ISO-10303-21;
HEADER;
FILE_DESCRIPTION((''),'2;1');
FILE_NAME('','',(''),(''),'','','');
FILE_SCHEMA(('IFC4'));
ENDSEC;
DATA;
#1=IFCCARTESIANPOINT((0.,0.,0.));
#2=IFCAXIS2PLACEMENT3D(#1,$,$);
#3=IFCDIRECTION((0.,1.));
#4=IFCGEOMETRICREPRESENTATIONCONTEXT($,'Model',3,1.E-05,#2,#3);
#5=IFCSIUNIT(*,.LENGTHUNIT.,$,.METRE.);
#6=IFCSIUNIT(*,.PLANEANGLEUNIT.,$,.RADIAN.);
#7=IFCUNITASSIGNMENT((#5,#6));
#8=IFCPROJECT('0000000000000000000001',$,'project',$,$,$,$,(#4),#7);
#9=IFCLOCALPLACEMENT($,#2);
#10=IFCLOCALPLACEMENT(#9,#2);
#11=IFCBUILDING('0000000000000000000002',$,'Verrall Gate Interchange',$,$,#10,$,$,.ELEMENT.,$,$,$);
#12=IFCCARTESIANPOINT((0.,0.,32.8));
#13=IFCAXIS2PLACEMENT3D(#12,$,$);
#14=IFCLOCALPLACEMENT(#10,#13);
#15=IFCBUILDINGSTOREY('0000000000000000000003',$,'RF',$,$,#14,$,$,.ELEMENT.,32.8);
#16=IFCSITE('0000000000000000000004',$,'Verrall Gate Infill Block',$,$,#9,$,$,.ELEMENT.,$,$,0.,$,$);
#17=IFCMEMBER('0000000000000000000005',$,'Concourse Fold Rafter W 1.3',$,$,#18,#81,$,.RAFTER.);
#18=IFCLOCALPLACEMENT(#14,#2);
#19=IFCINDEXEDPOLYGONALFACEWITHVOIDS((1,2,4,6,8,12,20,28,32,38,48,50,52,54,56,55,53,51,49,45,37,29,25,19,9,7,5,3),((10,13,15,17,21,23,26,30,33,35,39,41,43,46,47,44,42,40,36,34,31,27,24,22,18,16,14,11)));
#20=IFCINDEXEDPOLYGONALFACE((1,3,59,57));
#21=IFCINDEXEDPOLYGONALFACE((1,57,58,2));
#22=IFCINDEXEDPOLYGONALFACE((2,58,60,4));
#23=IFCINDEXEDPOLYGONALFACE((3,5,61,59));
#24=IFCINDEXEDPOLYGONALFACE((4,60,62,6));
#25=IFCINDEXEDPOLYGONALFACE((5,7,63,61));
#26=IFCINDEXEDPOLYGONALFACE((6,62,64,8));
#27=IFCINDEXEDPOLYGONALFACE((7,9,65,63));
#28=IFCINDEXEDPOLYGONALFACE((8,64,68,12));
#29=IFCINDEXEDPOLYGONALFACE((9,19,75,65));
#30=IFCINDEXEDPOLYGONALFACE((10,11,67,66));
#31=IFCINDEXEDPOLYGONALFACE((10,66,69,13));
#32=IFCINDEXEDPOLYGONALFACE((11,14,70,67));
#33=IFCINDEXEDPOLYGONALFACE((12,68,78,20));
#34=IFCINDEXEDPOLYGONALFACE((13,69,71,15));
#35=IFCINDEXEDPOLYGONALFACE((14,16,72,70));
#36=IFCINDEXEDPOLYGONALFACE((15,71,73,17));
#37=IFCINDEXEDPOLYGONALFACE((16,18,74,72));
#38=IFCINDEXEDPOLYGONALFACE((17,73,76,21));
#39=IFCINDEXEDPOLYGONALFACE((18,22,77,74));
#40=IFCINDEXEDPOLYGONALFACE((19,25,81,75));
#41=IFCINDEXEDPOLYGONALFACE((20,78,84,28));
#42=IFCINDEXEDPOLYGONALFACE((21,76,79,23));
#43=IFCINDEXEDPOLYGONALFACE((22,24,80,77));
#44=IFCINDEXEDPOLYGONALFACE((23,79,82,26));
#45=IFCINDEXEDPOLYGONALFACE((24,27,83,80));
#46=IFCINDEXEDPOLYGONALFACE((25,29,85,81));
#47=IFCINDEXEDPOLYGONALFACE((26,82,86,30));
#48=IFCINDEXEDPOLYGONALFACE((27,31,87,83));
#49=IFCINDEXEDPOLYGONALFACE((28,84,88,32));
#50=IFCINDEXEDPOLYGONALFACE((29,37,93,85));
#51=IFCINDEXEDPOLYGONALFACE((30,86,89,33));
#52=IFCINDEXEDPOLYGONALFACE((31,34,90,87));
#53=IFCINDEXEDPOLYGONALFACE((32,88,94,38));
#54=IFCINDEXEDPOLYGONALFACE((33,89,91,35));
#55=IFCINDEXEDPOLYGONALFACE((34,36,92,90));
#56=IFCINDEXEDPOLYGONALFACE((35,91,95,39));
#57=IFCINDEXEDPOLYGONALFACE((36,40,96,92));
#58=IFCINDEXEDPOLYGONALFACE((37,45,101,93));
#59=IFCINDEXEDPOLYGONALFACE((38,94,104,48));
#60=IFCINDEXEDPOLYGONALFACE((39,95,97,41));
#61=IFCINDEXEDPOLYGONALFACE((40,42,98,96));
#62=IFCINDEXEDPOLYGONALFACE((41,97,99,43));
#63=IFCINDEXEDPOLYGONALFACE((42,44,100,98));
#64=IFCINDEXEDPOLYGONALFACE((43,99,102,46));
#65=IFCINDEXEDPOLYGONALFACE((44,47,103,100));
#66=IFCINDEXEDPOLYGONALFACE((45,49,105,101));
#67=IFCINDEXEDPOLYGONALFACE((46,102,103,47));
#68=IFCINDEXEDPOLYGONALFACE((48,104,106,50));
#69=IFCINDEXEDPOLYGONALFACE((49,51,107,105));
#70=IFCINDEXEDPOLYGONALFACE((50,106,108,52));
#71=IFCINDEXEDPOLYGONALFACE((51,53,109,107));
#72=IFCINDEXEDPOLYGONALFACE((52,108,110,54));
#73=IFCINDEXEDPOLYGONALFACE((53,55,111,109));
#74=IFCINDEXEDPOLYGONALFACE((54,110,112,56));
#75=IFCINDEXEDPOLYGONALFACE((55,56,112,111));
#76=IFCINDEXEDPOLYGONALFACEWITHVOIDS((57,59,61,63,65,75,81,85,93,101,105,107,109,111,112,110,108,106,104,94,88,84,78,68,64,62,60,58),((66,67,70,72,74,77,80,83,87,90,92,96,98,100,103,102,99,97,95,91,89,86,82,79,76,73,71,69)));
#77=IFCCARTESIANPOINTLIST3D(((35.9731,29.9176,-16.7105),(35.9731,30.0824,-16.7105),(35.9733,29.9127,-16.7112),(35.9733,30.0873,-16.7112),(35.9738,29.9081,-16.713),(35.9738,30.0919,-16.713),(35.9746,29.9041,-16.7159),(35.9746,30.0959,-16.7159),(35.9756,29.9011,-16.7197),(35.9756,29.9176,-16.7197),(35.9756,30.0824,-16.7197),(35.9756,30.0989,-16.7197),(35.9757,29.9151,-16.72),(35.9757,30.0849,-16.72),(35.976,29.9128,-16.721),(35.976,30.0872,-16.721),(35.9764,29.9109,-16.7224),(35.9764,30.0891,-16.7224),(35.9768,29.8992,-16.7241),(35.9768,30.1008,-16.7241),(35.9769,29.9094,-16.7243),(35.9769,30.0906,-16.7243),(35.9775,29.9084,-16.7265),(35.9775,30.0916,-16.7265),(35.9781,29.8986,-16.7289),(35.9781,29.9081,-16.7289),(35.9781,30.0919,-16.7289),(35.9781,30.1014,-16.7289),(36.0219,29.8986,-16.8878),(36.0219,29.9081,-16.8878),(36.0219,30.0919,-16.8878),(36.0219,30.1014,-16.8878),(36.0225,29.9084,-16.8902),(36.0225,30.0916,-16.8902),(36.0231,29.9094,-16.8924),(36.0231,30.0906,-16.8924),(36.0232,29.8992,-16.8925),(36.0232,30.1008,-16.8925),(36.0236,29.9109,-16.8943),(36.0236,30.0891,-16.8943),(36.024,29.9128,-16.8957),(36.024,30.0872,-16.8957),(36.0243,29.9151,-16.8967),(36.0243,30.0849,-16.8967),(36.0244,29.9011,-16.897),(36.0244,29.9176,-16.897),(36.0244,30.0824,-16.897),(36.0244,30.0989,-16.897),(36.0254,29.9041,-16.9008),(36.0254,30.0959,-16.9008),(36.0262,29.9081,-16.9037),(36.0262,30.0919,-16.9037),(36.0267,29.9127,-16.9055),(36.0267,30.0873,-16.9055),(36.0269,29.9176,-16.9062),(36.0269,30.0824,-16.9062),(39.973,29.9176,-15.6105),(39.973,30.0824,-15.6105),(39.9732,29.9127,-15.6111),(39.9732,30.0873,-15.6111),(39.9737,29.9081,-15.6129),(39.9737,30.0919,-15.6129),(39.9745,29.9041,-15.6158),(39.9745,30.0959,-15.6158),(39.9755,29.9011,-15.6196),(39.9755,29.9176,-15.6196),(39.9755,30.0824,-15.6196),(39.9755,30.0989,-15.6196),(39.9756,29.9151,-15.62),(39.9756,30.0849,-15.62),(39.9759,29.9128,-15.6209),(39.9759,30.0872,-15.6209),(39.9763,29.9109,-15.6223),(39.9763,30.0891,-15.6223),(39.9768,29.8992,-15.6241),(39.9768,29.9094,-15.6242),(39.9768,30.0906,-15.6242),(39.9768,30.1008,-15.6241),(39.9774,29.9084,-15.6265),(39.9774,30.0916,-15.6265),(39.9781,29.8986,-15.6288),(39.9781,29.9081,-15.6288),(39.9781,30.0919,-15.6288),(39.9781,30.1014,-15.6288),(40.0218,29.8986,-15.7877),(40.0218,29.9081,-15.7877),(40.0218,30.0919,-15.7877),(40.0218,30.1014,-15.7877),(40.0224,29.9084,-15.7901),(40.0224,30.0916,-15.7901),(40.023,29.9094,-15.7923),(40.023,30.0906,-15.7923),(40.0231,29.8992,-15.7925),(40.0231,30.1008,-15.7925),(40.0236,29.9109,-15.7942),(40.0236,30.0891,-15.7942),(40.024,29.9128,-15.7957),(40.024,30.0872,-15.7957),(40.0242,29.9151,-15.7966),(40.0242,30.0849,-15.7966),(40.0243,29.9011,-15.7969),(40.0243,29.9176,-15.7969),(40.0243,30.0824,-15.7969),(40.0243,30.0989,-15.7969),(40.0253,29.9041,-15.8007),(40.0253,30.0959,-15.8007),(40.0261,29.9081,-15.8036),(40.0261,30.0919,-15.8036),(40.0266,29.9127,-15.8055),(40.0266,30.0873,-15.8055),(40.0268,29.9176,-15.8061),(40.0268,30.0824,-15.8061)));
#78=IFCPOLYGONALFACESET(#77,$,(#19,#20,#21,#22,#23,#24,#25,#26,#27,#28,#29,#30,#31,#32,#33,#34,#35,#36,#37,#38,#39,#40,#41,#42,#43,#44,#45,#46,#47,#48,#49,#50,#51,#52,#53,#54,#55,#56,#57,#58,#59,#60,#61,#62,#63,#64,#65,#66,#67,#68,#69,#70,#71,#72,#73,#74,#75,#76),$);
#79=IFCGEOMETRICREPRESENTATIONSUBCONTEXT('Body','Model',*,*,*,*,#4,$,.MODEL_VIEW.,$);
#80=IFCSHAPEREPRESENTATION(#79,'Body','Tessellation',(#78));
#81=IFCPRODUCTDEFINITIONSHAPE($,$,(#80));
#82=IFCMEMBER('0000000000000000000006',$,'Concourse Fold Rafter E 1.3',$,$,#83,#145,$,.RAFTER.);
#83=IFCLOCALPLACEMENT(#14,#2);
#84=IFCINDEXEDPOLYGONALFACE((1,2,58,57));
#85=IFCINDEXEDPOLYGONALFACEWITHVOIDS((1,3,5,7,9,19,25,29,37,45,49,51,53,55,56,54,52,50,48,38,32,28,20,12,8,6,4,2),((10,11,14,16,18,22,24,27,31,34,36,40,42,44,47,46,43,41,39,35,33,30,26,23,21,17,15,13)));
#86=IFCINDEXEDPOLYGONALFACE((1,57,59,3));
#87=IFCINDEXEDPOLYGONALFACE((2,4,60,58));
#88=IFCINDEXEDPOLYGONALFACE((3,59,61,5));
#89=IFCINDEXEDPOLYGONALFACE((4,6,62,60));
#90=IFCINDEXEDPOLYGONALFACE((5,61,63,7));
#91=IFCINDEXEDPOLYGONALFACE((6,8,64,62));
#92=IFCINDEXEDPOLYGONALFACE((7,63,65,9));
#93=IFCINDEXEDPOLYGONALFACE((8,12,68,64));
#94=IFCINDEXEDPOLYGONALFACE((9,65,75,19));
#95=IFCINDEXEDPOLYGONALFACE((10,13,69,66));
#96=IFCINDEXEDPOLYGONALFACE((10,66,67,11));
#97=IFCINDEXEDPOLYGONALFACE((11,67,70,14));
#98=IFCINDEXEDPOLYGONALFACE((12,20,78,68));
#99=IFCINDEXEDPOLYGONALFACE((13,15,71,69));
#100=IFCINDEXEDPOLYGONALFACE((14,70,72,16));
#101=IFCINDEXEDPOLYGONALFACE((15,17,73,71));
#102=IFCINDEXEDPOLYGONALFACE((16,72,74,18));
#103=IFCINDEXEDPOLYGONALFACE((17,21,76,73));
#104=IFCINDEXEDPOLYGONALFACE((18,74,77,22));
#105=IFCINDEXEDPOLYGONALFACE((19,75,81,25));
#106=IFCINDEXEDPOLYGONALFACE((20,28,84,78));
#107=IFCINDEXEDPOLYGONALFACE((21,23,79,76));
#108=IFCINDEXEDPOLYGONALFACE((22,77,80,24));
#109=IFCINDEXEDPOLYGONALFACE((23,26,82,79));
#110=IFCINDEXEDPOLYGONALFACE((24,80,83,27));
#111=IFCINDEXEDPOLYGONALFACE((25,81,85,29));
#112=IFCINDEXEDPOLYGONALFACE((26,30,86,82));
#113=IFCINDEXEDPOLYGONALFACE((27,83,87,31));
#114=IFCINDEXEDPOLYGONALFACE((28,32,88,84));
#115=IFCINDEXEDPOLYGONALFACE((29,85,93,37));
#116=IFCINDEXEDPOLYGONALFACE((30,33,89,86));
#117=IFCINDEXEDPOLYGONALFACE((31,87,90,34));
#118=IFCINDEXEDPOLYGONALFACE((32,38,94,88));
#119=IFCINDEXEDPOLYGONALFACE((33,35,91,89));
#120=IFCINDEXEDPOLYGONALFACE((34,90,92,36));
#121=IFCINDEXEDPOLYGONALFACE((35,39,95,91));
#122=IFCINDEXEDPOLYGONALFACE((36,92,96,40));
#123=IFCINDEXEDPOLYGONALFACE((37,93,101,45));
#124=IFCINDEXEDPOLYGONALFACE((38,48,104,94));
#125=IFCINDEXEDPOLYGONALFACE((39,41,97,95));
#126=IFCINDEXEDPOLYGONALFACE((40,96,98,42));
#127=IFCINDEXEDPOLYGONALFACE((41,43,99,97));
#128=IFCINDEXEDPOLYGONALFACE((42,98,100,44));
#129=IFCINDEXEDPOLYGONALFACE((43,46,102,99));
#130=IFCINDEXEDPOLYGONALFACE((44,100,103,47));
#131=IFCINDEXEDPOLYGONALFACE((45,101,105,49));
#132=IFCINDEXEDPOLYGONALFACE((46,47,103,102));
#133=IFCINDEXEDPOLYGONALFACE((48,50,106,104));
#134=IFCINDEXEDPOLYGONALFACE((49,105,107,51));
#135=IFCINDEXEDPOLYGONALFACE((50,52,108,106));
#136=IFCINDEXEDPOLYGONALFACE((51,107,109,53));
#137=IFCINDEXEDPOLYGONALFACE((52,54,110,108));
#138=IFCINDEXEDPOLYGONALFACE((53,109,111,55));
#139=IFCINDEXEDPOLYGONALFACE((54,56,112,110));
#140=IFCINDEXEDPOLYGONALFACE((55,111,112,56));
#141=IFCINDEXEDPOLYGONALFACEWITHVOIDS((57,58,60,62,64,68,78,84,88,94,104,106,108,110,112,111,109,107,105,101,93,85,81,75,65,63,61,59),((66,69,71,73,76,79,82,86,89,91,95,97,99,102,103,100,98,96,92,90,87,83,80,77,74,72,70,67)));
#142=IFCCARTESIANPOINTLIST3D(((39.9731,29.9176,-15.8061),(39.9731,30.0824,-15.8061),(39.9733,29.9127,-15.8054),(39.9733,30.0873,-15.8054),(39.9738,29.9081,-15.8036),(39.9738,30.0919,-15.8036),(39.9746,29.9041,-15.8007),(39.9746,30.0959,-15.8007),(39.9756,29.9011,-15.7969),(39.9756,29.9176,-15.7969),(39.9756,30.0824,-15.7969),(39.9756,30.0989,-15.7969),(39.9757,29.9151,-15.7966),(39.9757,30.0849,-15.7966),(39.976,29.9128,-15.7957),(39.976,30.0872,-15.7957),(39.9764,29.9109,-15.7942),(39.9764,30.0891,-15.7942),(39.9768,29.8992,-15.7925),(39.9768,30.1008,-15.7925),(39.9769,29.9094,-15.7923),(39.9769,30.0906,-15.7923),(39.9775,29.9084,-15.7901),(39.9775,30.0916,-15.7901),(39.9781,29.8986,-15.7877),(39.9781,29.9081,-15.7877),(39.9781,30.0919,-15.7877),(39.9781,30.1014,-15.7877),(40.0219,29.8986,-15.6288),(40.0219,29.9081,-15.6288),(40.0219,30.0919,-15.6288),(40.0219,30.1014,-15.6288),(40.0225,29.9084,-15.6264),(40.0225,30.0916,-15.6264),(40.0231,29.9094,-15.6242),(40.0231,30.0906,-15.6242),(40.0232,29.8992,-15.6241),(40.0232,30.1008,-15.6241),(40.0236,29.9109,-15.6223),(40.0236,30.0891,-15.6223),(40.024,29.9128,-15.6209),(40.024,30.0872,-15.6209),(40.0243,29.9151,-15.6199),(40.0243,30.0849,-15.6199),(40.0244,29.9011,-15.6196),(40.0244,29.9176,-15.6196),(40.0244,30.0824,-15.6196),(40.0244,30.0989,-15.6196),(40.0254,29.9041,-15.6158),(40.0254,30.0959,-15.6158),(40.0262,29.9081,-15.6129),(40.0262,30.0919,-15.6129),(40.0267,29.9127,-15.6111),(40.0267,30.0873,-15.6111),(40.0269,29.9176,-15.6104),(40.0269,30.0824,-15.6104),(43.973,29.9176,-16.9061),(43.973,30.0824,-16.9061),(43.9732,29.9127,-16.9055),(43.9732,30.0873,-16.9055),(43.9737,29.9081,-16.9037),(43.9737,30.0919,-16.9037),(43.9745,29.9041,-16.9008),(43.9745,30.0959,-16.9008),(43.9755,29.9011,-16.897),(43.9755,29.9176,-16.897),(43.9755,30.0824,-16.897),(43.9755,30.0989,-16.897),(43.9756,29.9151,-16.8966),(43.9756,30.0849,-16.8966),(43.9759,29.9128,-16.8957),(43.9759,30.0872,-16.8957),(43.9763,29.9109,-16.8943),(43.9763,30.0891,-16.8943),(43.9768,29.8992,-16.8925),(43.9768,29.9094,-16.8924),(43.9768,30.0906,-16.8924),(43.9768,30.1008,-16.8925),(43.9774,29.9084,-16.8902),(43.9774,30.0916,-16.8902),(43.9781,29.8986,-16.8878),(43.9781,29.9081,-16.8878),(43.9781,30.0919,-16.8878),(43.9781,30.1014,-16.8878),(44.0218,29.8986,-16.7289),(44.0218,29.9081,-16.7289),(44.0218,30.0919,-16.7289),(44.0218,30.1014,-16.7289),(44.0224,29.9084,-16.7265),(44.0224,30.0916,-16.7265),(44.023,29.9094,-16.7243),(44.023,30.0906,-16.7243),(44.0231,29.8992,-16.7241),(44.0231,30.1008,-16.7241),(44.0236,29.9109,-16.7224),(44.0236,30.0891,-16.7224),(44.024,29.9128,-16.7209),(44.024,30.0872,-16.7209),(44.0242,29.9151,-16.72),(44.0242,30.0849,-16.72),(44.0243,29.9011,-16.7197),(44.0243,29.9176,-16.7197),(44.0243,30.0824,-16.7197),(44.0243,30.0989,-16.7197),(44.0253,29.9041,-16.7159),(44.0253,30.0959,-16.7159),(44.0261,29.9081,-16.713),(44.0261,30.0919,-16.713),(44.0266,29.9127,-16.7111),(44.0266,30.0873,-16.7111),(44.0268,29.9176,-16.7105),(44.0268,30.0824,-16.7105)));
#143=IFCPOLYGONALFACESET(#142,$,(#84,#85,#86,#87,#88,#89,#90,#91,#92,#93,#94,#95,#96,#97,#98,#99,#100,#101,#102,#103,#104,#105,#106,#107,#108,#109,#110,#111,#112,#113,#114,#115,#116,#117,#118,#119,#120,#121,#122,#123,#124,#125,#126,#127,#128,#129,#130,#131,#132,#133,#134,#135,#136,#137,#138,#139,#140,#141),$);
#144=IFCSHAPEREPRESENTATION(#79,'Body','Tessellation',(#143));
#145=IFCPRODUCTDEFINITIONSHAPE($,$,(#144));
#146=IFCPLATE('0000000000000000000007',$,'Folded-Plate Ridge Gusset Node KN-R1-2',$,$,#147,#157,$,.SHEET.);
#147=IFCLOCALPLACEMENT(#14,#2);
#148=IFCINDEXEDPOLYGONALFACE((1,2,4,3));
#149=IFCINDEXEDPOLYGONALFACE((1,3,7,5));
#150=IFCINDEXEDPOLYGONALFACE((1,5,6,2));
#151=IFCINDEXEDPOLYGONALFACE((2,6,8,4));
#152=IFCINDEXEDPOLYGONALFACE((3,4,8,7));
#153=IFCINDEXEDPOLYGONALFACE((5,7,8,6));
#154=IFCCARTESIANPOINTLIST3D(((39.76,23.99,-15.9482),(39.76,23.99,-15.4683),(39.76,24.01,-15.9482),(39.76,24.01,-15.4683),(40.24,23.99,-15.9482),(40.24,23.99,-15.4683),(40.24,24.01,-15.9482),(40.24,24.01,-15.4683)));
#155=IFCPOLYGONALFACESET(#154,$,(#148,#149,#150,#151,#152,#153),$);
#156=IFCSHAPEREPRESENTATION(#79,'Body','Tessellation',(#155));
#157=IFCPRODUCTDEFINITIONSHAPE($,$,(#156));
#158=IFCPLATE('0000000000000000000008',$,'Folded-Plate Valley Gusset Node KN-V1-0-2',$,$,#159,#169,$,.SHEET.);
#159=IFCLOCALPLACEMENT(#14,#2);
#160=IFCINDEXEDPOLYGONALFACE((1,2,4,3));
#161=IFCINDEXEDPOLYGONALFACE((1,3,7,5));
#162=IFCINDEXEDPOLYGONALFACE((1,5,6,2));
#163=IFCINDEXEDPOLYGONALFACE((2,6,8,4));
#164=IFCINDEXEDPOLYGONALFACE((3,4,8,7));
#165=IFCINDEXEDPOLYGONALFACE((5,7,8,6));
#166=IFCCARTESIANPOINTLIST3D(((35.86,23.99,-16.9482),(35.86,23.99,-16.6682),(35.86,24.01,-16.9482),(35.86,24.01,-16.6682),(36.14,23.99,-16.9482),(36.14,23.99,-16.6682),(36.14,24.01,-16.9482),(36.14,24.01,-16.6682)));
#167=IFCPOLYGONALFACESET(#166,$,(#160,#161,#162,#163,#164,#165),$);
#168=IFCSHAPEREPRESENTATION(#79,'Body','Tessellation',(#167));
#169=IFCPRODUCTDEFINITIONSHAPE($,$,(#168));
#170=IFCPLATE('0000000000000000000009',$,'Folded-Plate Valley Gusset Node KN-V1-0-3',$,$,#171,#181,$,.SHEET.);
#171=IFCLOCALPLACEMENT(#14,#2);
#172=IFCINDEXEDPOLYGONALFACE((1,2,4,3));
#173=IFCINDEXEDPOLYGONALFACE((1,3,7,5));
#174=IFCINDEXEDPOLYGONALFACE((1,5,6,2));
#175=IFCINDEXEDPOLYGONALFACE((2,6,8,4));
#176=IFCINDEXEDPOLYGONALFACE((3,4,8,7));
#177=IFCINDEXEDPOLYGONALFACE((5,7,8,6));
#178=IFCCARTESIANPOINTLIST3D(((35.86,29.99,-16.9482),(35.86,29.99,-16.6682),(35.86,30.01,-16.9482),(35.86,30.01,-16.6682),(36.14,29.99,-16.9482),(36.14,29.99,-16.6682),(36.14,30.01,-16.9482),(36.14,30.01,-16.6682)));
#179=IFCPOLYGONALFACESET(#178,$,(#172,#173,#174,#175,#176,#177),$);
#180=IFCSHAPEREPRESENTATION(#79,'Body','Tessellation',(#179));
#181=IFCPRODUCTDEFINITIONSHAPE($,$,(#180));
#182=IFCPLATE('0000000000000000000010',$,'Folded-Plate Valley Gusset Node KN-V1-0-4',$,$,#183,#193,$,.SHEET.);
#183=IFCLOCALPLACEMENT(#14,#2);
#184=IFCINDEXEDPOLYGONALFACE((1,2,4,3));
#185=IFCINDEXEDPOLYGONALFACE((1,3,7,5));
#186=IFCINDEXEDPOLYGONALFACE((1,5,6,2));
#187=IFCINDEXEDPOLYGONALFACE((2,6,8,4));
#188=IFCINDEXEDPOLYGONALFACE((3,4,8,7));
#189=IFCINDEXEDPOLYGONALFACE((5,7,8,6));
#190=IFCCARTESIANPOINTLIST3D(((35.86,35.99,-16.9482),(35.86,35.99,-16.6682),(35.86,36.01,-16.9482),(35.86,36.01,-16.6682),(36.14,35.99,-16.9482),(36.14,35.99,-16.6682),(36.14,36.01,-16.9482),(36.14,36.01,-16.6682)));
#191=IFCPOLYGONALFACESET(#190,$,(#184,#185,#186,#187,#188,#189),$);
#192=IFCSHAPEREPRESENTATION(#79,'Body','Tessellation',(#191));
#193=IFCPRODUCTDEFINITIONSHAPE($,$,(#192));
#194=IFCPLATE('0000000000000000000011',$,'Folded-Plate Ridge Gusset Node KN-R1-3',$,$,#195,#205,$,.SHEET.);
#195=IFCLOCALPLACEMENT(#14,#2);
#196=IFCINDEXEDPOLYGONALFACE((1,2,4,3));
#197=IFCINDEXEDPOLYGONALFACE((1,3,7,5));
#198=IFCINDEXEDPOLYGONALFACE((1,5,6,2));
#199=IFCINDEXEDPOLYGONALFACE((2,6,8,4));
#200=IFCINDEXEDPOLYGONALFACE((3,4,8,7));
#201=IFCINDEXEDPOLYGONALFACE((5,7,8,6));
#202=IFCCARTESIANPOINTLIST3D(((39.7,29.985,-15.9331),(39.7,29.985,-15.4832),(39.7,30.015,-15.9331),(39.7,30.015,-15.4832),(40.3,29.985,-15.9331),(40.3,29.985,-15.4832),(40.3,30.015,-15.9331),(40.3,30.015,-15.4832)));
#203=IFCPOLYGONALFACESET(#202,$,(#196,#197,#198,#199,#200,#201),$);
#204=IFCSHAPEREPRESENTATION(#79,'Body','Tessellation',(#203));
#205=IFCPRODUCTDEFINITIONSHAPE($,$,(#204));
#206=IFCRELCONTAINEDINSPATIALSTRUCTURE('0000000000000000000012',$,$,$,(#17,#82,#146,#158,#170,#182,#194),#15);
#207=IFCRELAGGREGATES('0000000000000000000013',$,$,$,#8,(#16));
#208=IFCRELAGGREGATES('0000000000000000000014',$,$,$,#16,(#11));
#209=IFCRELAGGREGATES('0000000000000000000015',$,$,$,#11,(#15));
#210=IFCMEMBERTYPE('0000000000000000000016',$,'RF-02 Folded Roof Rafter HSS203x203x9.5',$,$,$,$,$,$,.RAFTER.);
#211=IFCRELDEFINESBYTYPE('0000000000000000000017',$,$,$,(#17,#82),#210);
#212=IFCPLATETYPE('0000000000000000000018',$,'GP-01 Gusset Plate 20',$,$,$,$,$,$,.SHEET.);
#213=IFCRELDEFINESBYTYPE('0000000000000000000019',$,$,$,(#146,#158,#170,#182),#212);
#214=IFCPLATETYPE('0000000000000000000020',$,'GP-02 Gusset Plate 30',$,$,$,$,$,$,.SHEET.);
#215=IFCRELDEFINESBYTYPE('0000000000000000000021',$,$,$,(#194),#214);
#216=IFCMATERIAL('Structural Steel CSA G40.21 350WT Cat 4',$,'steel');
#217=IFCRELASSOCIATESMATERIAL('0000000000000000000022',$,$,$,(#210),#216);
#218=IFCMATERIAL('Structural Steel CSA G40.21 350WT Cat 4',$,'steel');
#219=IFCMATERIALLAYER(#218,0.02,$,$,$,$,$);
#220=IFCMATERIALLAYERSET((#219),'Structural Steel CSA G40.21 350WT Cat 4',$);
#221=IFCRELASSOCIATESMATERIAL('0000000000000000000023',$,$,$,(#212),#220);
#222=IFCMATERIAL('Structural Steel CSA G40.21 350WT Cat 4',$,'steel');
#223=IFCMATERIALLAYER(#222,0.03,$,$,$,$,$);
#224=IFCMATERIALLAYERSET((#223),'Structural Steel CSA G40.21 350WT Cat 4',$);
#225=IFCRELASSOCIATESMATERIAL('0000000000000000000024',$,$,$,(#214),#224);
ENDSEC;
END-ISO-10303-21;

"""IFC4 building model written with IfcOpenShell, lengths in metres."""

from ifc_helpers import new_model, si_unit, direction, frame, origin, origin_2d, place, context, subcontext, project, spatial, rectangle, hollow_rectangle, extrude, material, layer, layer_set, material_profile, profile_set, type_object, element, save


model = new_model("IFC4")

# Units and contexts
model_context = context("Model", 3, precision=1e-05, world=origin(), true_north=direction((0.0, 1.0)))
body_context = subcontext(model_context, "Body", "Model", "MODEL_VIEW")
ifc_project = project(units=[si_unit("LENGTHUNIT", "METRE"), si_unit("PLANEANGLEUNIT", "RADIAN")], contexts=[model_context])

# Site, building, storey
site_placement = place(None, origin())
site = spatial("IfcSite", under=ifc_project, at=site_placement, Name="Verrall Gate Infill Block", CompositionType="ELEMENT", RefElevation=0.0)
building_placement = place(site_placement, origin())
building = spatial("IfcBuilding", under=site, at=building_placement, Name="Verrall Gate Interchange", CompositionType="ELEMENT")
storey_placement = place(building_placement, frame((0.0, 0.0, 32.8)))
storey = spatial("IfcBuildingStorey", under=building, at=storey_placement, Name="RF", CompositionType="ELEMENT", Elevation=32.8)

# Members
ifc_material_1 = material(Name="Structural Steel CSA G40.21 350WT Cat 4", Category="steel")
ifc_material_profile_1 = material_profile(ifc_material_1, hollow_rectangle(XDim=0.2029, YDim=0.2029, WallThickness=0.0095, InnerFilletRadius=0.0095, OuterFilletRadius=0.019, at=origin_2d()), Name="HSS203x203x9.5")
ifc_profile_set_1 = profile_set([ifc_material_profile_1], Name="Structural Steel CSA G40.21 350WT Cat 4")
member_type_1 = type_object("IfcMemberType", Name="RF-02 Folded Roof Rafter HSS203x203x9.5", PredefinedType="RAFTER", material=ifc_profile_set_1)
for number, where, z_axis, x_axis, name in (
    (1, (36.0, 30.0, -16.8083), (0.964199, 0.0, 0.265178), (0.0, 1.0, 0.0), "Concourse Fold Rafter W 1.3"),
    (2, (40.0, 30.0, -15.7083), (0.964199, 0.0, -0.265178), (0.0, 1.0, 0.0), "Concourse Fold Rafter E 1.3"),
):
    element("IfcMember", number, at=place(storey_placement, frame(where, z_axis=z_axis, x_axis=x_axis)), inside=storey, type_object=member_type_1, Name=name, PredefinedType="RAFTER", context=body_context, shape_type="SweptSolid", body=[
        extrude(hollow_rectangle(XDim=0.2029, YDim=0.2029, WallThickness=0.0095, InnerFilletRadius=0.0095, OuterFilletRadius=0.019, at=origin_2d()), origin(), (0.0, 0.0, 1.0), 4.1484),
    ])

# Plates
ifc_material_2 = material(Name="Structural Steel CSA G40.21 350WT Cat 4", Category="steel")
ifc_layer_1 = layer(ifc_material_2, 0.02)
ifc_layer_set_1 = layer_set([ifc_layer_1], Name="Structural Steel CSA G40.21 350WT Cat 4")
plate_type_1 = type_object("IfcPlateType", Name="GP-01 Gusset Plate 20", PredefinedType="SHEET", material=ifc_layer_set_1)
plate_1_placement = place(storey_placement, frame((40.0, 24.0, -15.9482), z_axis=(0.0, 0.0, 1.0), x_axis=(1.0, 0.0, 0.0)))
element("IfcPlate", 3, at=plate_1_placement, inside=storey, type_object=plate_type_1, Name="Folded-Plate Ridge Gusset Node KN-R1-2", PredefinedType="SHEET", context=body_context, shape_type="SweptSolid", body=[
    extrude(rectangle(XDim=0.48, YDim=0.02, at=origin_2d()), origin(), (0.0, 0.0, 1.0), 0.48),
])
for number, where, z_axis, x_axis, name in (
    (4, (36.0, 24.0, -16.9482), (0.0, 0.0, 1.0), (1.0, 0.0, 0.0), "Folded-Plate Valley Gusset Node KN-V1-0-2"),
    (5, (36.0, 30.0, -16.9482), (0.0, 0.0, 1.0), (1.0, 0.0, 0.0), "Folded-Plate Valley Gusset Node KN-V1-0-3"),
    (6, (36.0, 36.0, -16.9482), (0.0, 0.0, 1.0), (1.0, 0.0, 0.0), "Folded-Plate Valley Gusset Node KN-V1-0-4"),
):
    element("IfcPlate", number, at=place(storey_placement, frame(where, z_axis=z_axis, x_axis=x_axis)), inside=storey, type_object=plate_type_1, Name=name, PredefinedType="SHEET", context=body_context, shape_type="SweptSolid", body=[
        extrude(rectangle(XDim=0.28, YDim=0.02, at=origin_2d()), origin(), (0.0, 0.0, 1.0), 0.28),
    ])
ifc_material_3 = material(Name="Structural Steel CSA G40.21 350WT Cat 4", Category="steel")
ifc_layer_2 = layer(ifc_material_3, 0.03)
ifc_layer_set_2 = layer_set([ifc_layer_2], Name="Structural Steel CSA G40.21 350WT Cat 4")
plate_type_2 = type_object("IfcPlateType", Name="GP-02 Gusset Plate 30", PredefinedType="SHEET", material=ifc_layer_set_2)
plate_2_placement = place(storey_placement, frame((40.0, 30.0, -15.9331), z_axis=(0.0, 0.0, 1.0), x_axis=(1.0, 0.0, 0.0)))
element("IfcPlate", 7, at=plate_2_placement, inside=storey, type_object=plate_type_2, Name="Folded-Plate Ridge Gusset Node KN-R1-3", PredefinedType="SHEET", context=body_context, shape_type="SweptSolid", body=[
    extrude(rectangle(XDim=0.6001, YDim=0.03, at=origin_2d()), origin(), (0.0, 0.0, 1.0), 0.45),
])

save(model, "model.ifc")
